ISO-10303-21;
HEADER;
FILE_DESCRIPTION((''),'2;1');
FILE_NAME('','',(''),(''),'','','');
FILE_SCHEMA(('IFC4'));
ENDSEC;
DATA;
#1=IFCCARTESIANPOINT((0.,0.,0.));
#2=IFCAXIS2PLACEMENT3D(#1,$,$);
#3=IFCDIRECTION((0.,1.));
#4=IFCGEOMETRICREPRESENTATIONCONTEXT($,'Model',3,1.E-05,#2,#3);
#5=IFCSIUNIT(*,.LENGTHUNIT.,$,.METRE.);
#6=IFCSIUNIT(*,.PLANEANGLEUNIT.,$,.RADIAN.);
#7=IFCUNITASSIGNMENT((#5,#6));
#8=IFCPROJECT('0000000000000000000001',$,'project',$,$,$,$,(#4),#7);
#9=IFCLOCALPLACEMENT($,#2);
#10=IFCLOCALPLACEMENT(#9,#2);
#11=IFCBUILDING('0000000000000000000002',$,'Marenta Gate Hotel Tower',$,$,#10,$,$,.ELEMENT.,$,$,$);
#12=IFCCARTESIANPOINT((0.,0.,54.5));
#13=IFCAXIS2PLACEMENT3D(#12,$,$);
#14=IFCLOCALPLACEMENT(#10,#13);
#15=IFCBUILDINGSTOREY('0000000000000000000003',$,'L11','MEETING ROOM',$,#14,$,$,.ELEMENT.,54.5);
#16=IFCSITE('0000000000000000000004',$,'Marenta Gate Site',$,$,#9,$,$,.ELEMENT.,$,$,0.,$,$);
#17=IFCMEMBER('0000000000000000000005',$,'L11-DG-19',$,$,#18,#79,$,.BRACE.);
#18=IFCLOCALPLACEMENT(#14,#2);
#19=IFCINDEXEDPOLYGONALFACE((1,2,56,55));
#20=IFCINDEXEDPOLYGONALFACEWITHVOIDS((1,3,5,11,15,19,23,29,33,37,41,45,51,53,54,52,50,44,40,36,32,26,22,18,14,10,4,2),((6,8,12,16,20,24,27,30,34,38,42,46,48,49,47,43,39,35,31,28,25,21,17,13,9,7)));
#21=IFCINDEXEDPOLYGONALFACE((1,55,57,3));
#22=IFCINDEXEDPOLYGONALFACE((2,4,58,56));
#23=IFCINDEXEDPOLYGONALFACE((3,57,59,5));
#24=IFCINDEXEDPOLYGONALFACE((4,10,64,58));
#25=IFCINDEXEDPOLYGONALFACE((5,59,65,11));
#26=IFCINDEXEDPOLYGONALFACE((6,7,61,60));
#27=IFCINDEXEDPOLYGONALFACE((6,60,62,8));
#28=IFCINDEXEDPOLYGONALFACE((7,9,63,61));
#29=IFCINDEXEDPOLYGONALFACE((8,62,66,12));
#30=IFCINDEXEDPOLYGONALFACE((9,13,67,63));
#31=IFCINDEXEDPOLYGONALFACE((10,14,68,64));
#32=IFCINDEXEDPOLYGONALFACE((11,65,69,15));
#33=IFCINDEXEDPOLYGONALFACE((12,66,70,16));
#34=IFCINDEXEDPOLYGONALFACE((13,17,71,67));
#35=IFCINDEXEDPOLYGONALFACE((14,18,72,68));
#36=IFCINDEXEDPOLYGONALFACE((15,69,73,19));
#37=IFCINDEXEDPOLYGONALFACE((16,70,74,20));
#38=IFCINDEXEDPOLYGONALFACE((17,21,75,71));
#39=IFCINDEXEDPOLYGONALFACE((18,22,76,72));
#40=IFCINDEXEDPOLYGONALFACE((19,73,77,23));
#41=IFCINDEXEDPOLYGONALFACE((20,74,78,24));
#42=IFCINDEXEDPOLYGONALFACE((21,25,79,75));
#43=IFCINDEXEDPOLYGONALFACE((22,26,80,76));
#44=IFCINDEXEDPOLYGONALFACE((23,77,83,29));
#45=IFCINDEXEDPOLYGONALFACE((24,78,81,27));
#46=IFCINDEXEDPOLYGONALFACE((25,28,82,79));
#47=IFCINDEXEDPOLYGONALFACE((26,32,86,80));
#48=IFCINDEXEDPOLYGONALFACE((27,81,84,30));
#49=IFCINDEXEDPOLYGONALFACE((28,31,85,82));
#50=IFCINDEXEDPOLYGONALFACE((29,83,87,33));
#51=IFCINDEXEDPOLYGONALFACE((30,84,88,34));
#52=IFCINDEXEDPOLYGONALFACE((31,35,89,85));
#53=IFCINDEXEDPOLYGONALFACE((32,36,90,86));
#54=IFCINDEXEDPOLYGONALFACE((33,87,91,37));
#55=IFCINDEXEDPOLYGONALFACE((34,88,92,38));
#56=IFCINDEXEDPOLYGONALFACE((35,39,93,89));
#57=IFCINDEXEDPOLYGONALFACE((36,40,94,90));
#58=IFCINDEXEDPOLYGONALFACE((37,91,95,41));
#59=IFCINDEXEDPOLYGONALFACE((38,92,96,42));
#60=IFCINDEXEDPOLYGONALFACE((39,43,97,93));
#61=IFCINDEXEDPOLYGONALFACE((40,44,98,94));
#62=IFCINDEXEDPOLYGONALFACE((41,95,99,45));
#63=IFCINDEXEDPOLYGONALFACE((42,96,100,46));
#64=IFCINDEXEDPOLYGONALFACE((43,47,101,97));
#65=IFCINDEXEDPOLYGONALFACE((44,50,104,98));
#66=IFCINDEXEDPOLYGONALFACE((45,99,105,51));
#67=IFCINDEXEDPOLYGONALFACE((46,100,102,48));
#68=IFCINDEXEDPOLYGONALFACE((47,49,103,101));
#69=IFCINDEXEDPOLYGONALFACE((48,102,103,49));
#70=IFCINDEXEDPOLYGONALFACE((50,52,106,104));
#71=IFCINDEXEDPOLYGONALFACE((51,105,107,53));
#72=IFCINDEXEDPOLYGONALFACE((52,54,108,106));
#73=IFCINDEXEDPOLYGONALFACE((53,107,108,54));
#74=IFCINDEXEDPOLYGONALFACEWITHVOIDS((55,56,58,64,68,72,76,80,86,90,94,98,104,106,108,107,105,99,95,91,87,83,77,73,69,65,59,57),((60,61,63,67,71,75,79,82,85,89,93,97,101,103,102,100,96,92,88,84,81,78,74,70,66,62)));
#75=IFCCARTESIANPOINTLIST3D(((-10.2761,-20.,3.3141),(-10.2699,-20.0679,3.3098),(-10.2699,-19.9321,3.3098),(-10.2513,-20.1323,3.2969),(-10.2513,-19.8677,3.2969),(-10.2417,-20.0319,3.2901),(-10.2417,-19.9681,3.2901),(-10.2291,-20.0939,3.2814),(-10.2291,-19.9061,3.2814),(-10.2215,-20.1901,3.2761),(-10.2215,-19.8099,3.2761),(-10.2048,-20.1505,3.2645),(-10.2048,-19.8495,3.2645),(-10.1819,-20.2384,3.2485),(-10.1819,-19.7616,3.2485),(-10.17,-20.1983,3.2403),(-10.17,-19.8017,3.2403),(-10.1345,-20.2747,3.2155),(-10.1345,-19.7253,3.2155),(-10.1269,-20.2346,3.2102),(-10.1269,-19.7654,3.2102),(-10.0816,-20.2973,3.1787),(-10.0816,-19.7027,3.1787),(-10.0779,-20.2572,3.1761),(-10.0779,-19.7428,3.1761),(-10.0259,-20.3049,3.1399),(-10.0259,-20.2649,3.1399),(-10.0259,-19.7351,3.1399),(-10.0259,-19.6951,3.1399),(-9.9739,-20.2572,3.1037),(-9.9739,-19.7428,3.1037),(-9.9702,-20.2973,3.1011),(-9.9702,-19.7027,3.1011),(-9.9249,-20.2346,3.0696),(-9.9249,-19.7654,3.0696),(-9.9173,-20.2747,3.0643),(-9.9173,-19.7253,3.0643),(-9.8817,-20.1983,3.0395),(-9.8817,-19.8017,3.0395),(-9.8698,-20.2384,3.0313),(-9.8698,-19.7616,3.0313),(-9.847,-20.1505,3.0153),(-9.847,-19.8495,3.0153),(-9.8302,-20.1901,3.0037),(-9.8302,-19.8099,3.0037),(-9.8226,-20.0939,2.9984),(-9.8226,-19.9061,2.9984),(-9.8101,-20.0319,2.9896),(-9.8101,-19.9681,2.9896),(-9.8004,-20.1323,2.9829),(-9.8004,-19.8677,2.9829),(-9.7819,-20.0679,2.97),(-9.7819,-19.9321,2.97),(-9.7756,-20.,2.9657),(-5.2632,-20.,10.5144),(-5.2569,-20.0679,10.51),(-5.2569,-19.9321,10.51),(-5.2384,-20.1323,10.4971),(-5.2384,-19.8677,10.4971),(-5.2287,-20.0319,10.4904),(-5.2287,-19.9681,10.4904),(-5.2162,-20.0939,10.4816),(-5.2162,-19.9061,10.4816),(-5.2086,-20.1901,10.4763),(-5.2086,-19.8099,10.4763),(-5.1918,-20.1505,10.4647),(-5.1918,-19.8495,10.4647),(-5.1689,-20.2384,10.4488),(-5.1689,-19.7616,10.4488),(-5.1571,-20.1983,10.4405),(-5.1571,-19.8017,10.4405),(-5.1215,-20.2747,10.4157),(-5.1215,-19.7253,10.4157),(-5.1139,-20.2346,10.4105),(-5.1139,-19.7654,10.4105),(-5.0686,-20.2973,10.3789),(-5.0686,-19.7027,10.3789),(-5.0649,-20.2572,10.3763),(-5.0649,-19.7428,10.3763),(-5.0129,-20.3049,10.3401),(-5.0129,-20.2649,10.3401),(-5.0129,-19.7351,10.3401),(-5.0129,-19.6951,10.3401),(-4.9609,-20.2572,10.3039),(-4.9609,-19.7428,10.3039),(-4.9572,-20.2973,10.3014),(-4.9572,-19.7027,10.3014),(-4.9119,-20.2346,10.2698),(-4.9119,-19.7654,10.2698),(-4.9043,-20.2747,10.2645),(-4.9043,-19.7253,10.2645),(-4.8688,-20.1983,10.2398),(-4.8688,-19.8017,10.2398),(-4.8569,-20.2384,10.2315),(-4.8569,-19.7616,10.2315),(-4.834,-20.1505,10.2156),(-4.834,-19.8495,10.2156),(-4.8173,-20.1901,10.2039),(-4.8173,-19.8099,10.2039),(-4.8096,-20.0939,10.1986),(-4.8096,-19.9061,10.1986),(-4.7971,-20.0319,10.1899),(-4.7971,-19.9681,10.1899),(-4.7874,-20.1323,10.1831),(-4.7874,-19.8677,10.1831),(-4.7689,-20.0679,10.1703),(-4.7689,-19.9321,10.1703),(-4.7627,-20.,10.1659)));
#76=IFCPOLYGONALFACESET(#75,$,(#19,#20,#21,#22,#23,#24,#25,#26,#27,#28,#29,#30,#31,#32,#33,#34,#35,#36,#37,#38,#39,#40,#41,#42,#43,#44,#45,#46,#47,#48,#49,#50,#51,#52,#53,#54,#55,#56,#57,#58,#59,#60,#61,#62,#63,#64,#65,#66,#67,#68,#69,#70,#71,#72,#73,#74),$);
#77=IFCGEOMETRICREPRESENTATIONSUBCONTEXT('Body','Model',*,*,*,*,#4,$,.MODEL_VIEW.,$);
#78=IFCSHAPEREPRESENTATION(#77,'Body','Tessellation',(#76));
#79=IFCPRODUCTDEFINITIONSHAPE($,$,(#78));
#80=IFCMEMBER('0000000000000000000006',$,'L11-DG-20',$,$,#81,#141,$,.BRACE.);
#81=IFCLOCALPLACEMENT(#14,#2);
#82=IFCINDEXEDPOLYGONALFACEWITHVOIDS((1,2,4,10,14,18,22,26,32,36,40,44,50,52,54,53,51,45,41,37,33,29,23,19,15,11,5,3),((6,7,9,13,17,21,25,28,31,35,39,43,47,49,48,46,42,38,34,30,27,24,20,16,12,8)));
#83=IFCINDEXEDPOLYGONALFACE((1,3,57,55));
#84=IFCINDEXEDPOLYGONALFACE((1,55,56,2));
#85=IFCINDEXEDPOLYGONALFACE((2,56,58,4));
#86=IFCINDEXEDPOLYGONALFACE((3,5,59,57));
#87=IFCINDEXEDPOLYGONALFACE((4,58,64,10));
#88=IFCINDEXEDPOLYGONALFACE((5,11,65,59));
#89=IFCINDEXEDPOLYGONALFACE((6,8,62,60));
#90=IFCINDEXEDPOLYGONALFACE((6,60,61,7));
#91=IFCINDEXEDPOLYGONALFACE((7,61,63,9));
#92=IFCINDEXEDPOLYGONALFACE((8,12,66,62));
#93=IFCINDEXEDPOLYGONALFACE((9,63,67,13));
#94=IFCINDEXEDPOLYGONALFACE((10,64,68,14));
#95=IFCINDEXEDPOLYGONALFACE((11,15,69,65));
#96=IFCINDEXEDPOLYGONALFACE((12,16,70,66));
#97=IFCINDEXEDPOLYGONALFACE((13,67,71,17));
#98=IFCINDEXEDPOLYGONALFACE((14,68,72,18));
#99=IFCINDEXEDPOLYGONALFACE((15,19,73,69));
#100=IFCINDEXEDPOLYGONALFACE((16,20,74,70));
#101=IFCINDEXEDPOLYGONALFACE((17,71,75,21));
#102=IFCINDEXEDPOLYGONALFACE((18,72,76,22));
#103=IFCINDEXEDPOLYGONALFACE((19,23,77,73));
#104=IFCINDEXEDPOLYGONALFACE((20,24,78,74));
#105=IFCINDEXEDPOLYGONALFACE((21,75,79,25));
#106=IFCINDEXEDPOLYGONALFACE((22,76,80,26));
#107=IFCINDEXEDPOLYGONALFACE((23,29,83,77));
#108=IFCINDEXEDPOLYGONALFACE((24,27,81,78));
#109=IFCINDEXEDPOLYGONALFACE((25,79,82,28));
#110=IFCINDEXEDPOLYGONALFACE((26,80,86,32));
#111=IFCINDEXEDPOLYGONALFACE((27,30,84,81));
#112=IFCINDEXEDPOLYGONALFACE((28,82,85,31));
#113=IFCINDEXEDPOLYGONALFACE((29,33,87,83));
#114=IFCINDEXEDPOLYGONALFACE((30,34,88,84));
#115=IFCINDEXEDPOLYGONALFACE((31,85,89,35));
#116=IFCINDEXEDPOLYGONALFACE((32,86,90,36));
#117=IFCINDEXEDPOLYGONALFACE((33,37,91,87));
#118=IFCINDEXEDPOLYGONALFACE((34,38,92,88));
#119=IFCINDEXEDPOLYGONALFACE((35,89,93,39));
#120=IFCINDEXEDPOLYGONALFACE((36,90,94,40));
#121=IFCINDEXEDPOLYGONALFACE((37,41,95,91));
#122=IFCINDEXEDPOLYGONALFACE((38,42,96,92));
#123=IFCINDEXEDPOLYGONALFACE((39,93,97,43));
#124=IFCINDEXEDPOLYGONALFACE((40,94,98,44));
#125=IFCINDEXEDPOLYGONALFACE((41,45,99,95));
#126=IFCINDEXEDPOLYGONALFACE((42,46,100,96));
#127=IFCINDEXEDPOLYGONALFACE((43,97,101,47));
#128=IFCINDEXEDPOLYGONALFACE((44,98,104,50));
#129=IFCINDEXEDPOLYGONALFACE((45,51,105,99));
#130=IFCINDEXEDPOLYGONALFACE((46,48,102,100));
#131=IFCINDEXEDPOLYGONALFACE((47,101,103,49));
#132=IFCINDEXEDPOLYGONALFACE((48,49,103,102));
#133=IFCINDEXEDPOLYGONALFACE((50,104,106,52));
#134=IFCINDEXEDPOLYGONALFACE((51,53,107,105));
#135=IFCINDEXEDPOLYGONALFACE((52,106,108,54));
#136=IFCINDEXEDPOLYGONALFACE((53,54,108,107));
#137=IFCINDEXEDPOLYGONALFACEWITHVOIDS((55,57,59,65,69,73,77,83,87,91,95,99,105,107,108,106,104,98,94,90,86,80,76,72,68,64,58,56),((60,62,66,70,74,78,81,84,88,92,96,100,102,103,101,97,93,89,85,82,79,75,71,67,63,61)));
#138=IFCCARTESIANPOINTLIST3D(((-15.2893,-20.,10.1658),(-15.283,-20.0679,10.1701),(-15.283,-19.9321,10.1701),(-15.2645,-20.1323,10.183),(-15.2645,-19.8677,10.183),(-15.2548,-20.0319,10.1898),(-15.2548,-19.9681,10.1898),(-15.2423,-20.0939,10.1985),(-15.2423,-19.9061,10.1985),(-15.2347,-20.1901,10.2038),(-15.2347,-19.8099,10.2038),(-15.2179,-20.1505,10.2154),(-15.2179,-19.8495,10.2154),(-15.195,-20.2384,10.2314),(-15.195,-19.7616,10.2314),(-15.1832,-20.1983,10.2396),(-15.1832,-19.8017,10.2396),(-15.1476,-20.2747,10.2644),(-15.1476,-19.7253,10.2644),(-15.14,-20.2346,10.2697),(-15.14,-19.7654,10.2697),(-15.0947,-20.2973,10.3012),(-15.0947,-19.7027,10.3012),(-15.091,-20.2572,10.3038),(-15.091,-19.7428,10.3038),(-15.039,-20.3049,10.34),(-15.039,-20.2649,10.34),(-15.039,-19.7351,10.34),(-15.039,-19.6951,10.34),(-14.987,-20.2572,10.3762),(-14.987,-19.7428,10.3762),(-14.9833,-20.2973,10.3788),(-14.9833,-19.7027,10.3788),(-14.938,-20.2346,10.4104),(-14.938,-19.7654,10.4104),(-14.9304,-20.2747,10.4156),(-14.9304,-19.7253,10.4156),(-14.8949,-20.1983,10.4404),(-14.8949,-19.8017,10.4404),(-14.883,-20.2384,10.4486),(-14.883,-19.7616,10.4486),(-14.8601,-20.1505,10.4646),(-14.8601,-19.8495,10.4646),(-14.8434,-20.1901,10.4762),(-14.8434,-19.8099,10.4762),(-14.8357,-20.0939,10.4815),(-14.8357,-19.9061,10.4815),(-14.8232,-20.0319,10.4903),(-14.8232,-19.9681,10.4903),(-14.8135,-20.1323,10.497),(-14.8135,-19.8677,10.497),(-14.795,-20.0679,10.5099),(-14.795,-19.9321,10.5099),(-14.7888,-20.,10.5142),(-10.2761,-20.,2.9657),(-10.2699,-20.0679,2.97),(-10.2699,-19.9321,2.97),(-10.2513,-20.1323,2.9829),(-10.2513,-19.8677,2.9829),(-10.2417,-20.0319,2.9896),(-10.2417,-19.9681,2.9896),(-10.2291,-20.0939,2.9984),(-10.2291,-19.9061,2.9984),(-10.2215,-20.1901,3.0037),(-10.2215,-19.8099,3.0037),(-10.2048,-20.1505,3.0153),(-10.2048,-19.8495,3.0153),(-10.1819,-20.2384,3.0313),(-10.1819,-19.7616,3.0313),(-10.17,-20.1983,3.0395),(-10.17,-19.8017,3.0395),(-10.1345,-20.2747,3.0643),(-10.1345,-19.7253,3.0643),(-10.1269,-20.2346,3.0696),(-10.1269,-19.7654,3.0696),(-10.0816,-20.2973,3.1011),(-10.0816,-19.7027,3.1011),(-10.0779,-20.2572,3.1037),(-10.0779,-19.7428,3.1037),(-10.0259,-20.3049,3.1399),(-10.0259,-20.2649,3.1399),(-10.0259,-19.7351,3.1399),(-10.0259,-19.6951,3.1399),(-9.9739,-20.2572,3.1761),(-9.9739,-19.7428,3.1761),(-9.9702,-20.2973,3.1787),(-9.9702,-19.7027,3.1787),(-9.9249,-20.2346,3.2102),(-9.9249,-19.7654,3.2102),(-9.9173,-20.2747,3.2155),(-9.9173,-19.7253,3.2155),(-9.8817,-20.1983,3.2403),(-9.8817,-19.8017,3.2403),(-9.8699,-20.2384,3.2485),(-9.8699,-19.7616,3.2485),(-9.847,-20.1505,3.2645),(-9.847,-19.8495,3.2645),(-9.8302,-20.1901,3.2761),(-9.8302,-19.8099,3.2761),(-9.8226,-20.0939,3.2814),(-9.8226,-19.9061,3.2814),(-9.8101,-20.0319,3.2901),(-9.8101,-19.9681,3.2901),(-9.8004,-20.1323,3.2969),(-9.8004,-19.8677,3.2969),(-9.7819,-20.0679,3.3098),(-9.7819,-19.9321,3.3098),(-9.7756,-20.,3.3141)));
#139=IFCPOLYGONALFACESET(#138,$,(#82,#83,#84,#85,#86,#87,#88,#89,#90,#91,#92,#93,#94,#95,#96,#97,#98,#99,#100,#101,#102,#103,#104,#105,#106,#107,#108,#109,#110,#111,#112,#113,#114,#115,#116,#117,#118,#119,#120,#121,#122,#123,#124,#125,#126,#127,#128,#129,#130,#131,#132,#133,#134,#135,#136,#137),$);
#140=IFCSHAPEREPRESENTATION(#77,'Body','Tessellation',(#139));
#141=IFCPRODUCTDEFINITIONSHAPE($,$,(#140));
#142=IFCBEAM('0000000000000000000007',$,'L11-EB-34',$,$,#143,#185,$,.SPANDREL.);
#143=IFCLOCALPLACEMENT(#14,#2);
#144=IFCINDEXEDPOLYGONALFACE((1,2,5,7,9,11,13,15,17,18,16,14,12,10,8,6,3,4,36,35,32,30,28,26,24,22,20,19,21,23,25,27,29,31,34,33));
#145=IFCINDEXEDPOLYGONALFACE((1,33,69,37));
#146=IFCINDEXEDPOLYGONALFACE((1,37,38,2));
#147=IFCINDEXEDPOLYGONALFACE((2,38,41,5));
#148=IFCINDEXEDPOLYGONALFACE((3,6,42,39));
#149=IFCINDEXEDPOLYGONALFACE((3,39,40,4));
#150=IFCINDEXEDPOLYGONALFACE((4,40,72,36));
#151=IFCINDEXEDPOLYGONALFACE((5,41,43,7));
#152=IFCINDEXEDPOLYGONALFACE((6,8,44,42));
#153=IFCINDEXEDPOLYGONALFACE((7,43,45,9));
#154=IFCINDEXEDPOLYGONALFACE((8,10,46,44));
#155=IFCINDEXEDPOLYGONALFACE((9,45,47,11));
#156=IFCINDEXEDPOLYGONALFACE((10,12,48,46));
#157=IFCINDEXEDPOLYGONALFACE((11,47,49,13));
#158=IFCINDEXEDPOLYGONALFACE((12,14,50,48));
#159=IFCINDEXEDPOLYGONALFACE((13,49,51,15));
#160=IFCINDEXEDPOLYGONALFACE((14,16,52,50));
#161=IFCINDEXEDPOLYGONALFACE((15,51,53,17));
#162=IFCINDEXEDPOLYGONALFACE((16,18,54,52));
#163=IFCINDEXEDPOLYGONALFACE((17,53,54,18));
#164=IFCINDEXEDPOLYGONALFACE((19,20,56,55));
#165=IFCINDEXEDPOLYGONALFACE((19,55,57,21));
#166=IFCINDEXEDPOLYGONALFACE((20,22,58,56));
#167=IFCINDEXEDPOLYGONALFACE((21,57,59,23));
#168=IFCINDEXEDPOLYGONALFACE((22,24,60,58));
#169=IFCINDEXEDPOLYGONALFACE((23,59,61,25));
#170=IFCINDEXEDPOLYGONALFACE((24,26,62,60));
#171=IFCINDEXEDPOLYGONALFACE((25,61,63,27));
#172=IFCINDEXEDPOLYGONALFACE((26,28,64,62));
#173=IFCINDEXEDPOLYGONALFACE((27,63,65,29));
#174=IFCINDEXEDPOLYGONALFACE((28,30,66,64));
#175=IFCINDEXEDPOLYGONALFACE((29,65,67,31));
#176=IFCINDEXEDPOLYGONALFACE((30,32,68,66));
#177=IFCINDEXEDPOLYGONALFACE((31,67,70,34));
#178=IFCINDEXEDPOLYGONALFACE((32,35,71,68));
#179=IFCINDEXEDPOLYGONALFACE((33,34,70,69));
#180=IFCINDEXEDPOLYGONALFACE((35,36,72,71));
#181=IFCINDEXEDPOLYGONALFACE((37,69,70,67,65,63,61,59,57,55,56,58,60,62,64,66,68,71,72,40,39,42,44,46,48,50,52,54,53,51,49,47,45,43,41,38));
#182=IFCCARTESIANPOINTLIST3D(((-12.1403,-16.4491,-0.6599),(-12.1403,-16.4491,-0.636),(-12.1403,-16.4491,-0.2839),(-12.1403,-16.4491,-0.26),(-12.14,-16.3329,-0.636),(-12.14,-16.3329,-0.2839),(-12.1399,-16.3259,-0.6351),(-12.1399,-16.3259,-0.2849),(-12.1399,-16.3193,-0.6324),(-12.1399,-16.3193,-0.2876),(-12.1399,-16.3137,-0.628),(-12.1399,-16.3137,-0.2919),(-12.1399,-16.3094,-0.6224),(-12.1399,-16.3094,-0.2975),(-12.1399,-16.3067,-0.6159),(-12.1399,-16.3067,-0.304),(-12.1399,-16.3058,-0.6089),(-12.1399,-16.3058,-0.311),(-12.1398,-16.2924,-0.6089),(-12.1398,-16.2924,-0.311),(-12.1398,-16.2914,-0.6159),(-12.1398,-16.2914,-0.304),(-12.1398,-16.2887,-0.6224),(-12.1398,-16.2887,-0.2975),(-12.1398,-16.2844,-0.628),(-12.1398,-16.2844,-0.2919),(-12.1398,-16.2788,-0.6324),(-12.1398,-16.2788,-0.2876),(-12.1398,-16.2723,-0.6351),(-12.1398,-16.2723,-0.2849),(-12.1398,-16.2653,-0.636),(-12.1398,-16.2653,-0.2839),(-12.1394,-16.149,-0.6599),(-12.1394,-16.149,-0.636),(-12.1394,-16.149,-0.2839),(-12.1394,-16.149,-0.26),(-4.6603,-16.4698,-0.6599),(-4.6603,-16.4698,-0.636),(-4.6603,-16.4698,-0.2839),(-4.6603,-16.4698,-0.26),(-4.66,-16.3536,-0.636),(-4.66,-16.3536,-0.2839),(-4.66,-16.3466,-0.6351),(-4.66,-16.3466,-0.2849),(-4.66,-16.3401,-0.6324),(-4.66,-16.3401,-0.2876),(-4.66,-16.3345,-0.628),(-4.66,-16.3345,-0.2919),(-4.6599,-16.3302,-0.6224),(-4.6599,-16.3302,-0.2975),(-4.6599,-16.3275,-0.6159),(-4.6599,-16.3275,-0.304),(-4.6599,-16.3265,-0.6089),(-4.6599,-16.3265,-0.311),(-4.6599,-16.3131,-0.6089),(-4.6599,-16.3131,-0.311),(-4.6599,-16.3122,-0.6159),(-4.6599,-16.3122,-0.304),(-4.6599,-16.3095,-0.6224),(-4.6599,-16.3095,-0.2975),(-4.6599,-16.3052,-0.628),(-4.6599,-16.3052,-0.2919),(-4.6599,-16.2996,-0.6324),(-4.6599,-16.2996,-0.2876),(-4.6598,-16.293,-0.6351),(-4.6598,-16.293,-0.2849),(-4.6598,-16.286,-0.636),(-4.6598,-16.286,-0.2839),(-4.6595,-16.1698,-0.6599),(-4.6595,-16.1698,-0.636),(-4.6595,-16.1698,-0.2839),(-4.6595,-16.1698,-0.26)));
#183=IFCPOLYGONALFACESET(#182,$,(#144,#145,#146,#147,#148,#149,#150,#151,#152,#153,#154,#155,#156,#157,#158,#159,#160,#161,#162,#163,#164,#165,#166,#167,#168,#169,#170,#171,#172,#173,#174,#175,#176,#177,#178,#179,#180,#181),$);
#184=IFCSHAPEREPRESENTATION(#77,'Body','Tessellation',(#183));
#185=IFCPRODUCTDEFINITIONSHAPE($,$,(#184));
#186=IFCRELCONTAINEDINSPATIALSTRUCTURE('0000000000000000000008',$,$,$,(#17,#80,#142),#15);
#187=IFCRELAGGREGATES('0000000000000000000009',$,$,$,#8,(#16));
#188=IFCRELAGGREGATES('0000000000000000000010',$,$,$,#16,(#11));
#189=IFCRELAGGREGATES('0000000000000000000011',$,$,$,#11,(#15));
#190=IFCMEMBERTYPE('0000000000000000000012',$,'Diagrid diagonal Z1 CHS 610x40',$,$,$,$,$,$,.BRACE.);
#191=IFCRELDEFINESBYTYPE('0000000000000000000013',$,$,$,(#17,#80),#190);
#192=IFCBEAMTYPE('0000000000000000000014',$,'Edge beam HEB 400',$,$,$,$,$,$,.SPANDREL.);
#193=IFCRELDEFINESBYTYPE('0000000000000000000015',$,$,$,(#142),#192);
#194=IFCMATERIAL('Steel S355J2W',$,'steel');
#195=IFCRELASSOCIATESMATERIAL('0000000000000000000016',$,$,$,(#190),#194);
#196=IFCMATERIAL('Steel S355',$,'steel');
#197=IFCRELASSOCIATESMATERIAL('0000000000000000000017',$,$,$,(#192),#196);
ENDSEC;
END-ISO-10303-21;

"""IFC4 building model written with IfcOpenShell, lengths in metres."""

from ifc_helpers import new_model, si_unit, direction, frame, origin, origin_2d, place, context, subcontext, project, spatial, hollow_circle, i_section, extrude, material, material_profile, profile_set, type_object, element, save


model = new_model("IFC4")

# Units and contexts
model_context = context("Model", 3, precision=1e-05, world=origin(), true_north=direction((0.0, 1.0)))
body_context = subcontext(model_context, "Body", "Model", "MODEL_VIEW")
ifc_project = project(units=[si_unit("LENGTHUNIT", "METRE"), si_unit("PLANEANGLEUNIT", "RADIAN")], contexts=[model_context])

# Site, building, storey
site_placement = place(None, origin())
site = spatial("IfcSite", under=ifc_project, at=site_placement, Name="Marenta Gate Site", CompositionType="ELEMENT", RefElevation=0.0)
building_placement = place(site_placement, origin())
building = spatial("IfcBuilding", under=site, at=building_placement, Name="Marenta Gate Hotel Tower", CompositionType="ELEMENT")
storey_placement = place(building_placement, frame((0.0, 0.0, 54.5)))
storey = spatial("IfcBuildingStorey", under=building, at=storey_placement, Name="L11", Description="MEETING ROOM", CompositionType="ELEMENT", Elevation=54.5)

# Members
ifc_material_1 = material(Name="Steel S355J2W", Category="steel")
ifc_material_profile_1 = material_profile(ifc_material_1, hollow_circle(Radius=0.3049, WallThickness=0.04, at=origin_2d()), Name="CHS 610x40")
ifc_profile_set_1 = profile_set([ifc_material_profile_1], Name="Steel S355J2W")
member_type_1 = type_object("IfcMemberType", Name="Diagrid diagonal Z1 CHS 610x40", PredefinedType="BRACE", material=ifc_profile_set_1)
for number, where, z_axis, x_axis, name in (
    (1, (-10.0259, -20.0, 3.1399), (0.57138, 0.0, 0.820686), (0.0, 1.0, 0.0), "L11-DG-19"),
    (2, (-10.0259, -20.0, 3.1399), (-0.571399, 0.0, 0.820673), (0.0, -1.0, 0.0), "L11-DG-20"),
):
    element("IfcMember", number, at=place(storey_placement, frame(where, z_axis=z_axis, x_axis=x_axis)), inside=storey, type_object=member_type_1, Name=name, PredefinedType="BRACE", context=body_context, shape_type="SweptSolid", body=[
        extrude(hollow_circle(Radius=0.3049, WallThickness=0.04, at=origin_2d()), origin(), (0.0, 0.0, 1.0), 8.7734),
    ])

# Beam
ifc_material_2 = material(Name="Steel S355", Category="steel")
ifc_material_profile_2 = material_profile(ifc_material_2, i_section(OverallWidth=0.3, OverallDepth=0.3999, WebThickness=0.0134, FlangeThickness=0.0239, FilletRadius=0.0271, at=origin_2d()), Name="HEB 400")
ifc_profile_set_2 = profile_set([ifc_material_profile_2], Name="Steel S355")
beam_type = type_object("IfcBeamType", Name="Edge beam HEB 400", PredefinedType="SPANDREL", material=ifc_profile_set_2)
beam_placement = place(storey_placement, frame((-4.6599, -16.3198, -0.46), z_axis=(-0.999996, 0.002774, 0.0), x_axis=(-0.002774, -0.999996, 0.0)))
element("IfcBeam", 3, at=beam_placement, inside=storey, type_object=beam_type, Name="L11-EB-34", PredefinedType="SPANDREL", context=body_context, shape_type="SweptSolid", body=[
    extrude(i_section(OverallWidth=0.3, OverallDepth=0.3999, WebThickness=0.0134, FlangeThickness=0.0239, FilletRadius=0.0271, at=origin_2d()), origin(), (0.0, 0.0, 1.0), 7.48),
])

save(model, "model.ifc")
